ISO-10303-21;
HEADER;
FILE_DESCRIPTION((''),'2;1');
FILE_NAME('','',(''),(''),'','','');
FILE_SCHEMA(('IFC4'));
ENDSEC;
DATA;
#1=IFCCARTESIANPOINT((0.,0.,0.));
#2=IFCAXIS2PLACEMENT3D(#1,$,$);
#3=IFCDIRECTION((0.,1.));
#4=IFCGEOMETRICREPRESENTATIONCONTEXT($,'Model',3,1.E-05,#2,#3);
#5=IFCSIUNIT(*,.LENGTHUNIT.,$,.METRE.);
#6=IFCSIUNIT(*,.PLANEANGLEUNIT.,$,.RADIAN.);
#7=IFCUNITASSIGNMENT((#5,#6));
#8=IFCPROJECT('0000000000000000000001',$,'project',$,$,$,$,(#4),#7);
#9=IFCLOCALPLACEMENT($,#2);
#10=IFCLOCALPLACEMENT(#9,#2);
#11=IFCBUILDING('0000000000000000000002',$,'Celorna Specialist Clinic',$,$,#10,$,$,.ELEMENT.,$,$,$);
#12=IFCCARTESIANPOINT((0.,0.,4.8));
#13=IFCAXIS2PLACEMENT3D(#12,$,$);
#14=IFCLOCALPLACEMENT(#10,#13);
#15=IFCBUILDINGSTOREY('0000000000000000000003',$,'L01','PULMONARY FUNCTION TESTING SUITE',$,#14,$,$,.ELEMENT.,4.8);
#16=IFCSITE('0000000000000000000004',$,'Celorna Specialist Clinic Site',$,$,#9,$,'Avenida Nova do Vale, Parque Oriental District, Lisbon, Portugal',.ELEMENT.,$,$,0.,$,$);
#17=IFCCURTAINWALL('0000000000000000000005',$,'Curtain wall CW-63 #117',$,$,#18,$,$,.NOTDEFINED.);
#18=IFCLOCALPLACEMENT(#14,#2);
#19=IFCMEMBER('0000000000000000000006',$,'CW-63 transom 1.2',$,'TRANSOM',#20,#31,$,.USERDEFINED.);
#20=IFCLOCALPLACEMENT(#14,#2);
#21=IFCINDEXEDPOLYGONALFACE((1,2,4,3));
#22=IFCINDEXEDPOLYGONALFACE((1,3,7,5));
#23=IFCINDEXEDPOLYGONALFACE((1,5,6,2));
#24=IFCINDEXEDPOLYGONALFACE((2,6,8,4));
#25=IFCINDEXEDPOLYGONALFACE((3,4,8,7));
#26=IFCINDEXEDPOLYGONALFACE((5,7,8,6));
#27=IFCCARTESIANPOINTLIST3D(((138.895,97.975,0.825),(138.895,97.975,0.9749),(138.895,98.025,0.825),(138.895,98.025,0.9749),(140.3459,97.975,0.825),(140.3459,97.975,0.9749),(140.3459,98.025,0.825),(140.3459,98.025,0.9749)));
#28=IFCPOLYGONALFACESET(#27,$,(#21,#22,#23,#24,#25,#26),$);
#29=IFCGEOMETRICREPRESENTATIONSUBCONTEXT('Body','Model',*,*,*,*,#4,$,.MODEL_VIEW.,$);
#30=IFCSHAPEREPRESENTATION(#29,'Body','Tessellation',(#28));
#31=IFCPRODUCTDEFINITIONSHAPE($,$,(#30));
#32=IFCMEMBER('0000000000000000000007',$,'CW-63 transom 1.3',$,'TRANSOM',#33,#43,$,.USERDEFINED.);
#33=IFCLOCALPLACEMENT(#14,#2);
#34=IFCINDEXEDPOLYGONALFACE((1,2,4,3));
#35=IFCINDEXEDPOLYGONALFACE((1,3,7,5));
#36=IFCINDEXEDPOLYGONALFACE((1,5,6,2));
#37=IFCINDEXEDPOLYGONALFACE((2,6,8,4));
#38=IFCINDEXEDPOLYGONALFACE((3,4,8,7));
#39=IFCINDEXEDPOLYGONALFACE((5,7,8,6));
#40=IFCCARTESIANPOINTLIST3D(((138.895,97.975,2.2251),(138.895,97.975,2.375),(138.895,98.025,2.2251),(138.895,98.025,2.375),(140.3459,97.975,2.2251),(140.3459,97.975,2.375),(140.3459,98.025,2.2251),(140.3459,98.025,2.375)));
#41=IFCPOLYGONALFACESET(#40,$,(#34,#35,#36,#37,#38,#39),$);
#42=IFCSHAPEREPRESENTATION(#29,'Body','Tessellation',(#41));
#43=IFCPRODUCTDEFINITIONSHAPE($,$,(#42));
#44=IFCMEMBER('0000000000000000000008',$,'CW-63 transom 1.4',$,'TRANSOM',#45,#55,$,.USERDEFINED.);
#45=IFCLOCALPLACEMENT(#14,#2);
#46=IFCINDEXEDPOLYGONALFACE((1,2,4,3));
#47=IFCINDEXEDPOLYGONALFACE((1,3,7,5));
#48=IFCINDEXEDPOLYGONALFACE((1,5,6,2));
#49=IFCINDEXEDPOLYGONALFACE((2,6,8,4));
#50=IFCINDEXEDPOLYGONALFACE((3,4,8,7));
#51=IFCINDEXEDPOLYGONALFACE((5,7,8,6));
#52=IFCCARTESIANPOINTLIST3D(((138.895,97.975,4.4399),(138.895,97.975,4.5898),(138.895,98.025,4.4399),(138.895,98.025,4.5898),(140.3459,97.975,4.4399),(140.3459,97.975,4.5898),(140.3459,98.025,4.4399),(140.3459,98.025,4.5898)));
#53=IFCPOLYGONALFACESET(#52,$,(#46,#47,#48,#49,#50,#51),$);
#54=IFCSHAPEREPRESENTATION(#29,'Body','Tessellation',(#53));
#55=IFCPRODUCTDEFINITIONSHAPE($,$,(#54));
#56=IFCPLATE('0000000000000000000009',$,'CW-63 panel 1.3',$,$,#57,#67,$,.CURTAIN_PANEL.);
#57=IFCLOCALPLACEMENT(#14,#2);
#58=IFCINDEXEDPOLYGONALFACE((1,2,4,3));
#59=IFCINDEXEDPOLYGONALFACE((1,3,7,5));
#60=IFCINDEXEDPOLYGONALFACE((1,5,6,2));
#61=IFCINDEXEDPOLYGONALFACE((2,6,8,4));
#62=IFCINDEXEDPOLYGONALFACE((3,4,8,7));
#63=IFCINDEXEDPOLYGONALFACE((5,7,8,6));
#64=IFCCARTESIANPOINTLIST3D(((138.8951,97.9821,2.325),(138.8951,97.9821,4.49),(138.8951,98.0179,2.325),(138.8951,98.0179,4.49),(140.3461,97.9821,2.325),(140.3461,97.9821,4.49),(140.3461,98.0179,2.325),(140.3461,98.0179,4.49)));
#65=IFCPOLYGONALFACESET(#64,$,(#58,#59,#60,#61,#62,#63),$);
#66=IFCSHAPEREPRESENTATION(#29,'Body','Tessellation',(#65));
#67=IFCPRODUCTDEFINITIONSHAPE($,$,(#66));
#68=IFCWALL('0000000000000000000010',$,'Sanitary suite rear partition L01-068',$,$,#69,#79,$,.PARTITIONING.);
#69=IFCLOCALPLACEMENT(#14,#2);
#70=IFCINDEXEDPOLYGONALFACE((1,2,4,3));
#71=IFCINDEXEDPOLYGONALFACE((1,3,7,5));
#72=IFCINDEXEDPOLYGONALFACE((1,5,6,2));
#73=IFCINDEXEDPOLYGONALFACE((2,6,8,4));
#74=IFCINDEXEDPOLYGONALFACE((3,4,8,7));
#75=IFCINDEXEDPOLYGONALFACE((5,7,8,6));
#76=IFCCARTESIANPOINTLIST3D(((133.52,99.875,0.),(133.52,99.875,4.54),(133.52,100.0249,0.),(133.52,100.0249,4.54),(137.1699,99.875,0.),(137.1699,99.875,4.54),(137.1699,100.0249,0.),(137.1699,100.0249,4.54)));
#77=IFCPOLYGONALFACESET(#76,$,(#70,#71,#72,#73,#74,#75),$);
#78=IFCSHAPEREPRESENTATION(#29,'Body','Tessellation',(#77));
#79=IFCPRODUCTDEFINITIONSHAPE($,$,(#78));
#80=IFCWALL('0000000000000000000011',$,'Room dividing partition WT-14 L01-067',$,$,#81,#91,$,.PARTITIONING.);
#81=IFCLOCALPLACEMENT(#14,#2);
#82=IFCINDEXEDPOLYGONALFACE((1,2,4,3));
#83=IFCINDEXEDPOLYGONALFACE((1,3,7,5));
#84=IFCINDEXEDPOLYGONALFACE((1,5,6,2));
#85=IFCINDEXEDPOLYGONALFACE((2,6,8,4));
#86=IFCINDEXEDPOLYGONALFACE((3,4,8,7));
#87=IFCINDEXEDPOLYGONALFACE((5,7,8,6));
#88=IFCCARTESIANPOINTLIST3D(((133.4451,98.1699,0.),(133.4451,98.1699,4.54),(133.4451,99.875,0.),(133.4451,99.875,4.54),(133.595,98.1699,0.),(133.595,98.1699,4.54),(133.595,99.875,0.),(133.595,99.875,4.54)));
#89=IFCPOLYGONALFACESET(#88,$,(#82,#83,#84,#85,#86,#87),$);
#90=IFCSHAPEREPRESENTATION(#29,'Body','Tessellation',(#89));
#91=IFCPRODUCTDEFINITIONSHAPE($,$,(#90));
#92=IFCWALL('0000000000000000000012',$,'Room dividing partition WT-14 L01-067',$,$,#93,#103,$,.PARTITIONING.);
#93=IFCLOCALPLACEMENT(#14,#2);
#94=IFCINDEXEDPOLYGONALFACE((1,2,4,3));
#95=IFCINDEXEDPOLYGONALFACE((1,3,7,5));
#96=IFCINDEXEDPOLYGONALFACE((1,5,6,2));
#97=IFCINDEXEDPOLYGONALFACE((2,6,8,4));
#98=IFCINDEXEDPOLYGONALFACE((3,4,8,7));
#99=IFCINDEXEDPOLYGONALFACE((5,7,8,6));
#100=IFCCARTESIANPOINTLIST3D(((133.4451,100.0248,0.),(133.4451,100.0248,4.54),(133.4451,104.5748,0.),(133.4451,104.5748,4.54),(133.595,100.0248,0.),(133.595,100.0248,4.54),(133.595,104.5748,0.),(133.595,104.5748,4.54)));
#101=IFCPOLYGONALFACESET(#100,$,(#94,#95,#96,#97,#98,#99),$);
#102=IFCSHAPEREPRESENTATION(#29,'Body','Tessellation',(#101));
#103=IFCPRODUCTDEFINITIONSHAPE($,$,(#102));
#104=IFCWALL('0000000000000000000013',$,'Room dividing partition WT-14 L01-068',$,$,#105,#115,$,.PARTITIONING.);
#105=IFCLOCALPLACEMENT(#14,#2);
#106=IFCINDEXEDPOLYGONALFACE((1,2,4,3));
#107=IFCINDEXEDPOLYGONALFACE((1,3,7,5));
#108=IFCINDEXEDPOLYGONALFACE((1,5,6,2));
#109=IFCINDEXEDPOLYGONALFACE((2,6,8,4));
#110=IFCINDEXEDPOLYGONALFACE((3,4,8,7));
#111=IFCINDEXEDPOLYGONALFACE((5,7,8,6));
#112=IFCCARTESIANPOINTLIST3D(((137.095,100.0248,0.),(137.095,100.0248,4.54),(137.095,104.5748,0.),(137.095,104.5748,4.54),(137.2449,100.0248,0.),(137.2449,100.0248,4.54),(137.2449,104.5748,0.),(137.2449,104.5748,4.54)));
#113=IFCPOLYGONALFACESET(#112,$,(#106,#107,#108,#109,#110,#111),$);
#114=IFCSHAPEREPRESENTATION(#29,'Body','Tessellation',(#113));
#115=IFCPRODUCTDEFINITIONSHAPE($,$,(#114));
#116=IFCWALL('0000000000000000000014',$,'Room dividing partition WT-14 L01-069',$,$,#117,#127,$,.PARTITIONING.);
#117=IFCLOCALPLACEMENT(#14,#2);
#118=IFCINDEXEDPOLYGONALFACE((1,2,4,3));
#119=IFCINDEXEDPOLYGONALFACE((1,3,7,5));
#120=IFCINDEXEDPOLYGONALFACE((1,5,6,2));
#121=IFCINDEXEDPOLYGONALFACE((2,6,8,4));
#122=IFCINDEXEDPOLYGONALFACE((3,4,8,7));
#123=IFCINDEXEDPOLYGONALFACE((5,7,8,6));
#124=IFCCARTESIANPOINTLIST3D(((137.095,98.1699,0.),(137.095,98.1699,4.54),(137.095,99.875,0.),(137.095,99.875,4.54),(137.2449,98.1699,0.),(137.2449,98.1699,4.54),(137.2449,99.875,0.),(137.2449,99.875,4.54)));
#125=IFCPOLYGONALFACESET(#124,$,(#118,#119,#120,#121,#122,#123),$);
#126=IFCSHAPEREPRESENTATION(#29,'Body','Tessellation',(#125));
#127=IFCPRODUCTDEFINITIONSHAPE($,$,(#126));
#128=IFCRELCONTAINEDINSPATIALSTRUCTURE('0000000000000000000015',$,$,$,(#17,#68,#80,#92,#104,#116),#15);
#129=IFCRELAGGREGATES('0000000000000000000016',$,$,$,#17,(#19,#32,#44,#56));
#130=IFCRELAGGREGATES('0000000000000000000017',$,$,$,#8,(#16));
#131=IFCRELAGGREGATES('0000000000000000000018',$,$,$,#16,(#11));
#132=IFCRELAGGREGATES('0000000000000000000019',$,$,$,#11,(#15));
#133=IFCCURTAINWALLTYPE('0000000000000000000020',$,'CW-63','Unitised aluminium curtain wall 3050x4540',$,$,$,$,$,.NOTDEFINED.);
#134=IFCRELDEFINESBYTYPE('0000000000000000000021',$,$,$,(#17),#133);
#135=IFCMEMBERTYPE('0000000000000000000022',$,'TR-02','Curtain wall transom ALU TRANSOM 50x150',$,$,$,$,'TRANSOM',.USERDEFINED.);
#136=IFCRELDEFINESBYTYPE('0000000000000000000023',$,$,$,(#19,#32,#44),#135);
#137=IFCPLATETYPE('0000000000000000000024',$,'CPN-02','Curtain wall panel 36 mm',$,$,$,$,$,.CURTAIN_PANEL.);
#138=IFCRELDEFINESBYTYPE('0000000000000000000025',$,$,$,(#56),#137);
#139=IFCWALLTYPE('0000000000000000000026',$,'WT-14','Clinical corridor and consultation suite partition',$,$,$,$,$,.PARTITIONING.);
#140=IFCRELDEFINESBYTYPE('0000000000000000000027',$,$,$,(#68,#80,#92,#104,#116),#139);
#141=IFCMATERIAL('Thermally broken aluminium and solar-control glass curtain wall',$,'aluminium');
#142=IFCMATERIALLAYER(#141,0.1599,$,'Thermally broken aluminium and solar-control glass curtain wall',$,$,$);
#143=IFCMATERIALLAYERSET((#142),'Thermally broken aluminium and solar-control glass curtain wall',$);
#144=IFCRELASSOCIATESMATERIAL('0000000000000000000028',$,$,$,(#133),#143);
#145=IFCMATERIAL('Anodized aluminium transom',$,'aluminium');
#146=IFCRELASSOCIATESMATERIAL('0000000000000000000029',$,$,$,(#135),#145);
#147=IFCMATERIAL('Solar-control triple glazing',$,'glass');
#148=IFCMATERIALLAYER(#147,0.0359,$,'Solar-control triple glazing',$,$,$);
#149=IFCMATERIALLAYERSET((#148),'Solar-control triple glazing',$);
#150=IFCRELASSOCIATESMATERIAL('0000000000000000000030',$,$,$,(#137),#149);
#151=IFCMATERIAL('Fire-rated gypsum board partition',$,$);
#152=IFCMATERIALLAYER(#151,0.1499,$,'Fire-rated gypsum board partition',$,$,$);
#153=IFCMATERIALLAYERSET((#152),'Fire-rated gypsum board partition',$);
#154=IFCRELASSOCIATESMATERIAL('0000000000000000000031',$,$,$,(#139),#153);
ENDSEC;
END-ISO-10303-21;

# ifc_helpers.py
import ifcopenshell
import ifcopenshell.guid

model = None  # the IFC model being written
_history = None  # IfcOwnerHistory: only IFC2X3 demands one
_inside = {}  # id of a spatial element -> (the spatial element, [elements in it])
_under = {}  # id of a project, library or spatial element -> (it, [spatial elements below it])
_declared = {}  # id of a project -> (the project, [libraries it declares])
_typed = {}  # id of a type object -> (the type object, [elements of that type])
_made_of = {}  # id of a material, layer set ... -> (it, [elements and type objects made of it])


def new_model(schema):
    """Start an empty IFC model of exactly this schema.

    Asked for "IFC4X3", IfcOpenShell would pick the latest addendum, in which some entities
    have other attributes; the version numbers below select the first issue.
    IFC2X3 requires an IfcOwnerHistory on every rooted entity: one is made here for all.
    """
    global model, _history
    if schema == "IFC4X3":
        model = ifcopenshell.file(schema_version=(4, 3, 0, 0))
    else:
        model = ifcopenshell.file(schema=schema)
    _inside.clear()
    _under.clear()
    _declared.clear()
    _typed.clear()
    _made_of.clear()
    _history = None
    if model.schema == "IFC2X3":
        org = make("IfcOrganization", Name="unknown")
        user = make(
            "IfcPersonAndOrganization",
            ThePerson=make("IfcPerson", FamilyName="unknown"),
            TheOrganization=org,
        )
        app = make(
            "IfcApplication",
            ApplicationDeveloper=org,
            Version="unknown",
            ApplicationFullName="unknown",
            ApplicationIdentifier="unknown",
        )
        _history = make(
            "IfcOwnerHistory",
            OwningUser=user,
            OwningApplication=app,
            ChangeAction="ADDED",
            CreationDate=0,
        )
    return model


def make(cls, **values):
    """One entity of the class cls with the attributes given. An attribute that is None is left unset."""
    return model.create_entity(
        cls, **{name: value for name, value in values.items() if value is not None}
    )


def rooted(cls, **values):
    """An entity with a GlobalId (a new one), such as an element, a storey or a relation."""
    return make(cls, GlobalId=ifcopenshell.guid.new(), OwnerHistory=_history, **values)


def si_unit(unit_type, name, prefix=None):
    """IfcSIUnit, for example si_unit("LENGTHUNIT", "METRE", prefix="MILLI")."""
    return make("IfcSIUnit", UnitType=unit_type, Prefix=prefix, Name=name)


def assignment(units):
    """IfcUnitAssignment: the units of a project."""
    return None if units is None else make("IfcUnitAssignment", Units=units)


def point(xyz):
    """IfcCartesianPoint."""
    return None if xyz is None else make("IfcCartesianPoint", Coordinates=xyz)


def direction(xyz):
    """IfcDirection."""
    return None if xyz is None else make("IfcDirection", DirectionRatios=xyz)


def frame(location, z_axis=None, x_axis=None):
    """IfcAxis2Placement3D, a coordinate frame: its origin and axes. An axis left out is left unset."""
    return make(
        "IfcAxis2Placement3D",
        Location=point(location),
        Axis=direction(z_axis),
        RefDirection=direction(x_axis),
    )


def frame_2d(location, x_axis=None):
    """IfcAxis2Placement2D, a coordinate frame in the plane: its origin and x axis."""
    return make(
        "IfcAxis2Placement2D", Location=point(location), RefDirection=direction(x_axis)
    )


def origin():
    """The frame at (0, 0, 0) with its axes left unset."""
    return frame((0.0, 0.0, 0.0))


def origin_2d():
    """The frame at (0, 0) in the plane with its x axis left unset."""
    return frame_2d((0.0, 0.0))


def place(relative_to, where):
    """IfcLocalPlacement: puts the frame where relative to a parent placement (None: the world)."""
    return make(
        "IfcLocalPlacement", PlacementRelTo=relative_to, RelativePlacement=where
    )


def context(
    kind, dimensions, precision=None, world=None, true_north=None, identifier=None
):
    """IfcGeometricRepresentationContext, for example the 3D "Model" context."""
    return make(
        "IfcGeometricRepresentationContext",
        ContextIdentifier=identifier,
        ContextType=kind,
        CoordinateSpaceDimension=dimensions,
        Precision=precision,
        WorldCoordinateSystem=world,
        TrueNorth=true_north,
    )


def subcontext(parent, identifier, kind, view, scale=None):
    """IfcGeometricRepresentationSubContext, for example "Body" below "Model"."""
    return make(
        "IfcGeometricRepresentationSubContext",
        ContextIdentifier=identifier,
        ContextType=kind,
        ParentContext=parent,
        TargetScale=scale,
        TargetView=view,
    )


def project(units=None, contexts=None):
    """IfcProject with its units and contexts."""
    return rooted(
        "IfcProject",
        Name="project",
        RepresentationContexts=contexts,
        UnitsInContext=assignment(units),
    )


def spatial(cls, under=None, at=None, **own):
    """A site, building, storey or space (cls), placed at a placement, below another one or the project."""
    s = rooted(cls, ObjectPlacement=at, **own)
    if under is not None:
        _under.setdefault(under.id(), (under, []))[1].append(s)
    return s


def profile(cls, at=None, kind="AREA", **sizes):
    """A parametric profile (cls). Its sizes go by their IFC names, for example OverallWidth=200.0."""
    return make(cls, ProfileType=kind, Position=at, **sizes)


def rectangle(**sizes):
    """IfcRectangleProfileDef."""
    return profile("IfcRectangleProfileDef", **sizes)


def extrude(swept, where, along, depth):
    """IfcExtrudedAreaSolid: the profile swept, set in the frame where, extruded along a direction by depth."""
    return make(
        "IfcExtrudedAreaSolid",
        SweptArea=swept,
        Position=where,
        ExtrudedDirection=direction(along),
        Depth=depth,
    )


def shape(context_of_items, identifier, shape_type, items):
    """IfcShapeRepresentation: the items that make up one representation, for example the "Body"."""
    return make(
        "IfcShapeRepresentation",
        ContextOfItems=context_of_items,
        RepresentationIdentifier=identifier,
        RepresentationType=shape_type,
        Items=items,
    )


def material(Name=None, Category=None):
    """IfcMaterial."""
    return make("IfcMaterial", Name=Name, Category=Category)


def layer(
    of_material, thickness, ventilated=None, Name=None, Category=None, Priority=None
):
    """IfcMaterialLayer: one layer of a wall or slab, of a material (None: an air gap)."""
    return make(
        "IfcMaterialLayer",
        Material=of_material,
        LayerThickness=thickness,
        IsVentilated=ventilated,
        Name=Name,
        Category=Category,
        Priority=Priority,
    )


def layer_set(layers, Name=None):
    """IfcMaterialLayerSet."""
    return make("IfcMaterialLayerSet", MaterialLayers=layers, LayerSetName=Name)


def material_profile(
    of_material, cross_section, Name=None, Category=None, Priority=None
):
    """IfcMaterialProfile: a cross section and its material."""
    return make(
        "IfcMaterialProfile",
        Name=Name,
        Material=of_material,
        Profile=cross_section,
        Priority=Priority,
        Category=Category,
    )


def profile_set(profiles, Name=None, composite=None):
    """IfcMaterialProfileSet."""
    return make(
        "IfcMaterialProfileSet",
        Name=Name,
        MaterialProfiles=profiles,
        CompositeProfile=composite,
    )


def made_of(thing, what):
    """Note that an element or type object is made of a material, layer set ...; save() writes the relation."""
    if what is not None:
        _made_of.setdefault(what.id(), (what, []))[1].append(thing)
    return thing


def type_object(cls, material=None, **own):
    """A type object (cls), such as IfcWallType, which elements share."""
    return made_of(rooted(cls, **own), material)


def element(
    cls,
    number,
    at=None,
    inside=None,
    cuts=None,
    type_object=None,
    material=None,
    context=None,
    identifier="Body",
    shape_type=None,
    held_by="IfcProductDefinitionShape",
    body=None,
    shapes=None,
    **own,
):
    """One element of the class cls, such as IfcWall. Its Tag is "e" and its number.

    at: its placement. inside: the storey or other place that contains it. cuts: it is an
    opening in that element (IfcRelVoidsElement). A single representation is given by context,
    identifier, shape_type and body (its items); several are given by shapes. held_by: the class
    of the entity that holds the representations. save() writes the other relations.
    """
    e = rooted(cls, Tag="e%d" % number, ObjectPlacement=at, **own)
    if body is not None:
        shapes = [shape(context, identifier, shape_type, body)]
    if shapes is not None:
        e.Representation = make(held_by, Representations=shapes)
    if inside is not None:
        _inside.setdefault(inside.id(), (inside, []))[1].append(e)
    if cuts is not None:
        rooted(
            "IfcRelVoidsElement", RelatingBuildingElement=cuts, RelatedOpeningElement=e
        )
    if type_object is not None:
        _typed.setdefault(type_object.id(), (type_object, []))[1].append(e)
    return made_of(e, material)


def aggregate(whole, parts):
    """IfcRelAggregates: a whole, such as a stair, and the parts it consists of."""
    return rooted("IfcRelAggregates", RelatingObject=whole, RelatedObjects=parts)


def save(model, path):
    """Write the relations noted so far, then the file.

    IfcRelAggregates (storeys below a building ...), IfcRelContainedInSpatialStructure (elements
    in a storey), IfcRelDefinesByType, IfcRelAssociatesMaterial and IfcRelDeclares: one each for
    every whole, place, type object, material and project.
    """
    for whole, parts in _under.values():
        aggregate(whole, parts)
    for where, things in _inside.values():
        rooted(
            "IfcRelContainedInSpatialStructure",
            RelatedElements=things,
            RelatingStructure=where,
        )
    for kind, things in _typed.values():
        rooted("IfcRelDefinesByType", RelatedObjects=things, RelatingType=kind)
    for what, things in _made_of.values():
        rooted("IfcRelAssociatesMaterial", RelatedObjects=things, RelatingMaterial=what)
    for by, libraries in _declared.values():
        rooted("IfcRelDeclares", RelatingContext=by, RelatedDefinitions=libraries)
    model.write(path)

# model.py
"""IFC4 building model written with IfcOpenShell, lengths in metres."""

from ifc_helpers import new_model, si_unit, direction, frame, frame_2d, origin, origin_2d, place, context, subcontext, project, spatial, rectangle, extrude, material, layer, layer_set, material_profile, profile_set, type_object, element, aggregate, save


model = new_model("IFC4")

# Units and contexts
model_context = context("Model", 3, precision=1e-05, world=origin(), true_north=direction((0.0, 1.0)))
body_context = subcontext(model_context, "Body", "Model", "MODEL_VIEW")
ifc_project = project(units=[si_unit("LENGTHUNIT", "METRE"), si_unit("PLANEANGLEUNIT", "RADIAN")], contexts=[model_context])

# Site, building, storey
site_placement = place(None, origin())
site = spatial("IfcSite", under=ifc_project, at=site_placement, Name="Celorna Specialist Clinic Site", LongName="Avenida Nova do Vale, Parque Oriental District, Lisbon, Portugal", CompositionType="ELEMENT", RefElevation=0.0)
building_placement = place(site_placement, origin())
building = spatial("IfcBuilding", under=site, at=building_placement, Name="Celorna Specialist Clinic", CompositionType="ELEMENT")
storey_placement = place(building_placement, frame((0.0, 0.0, 4.8)))
storey = spatial("IfcBuildingStorey", under=building, at=storey_placement, Name="L01", Description="PULMONARY FUNCTION TESTING SUITE", CompositionType="ELEMENT", Elevation=4.8)

# Curtain wall, members, plate
ifc_material_1 = material(Name="Thermally broken aluminium and solar-control glass curtain wall", Category="aluminium")
ifc_layer_1 = layer(ifc_material_1, 0.1599, Name="Thermally broken aluminium and solar-control glass curtain wall")
ifc_layer_set_1 = layer_set([ifc_layer_1], Name="Thermally broken aluminium and solar-control glass curtain wall")
curtain_wall_type = type_object("IfcCurtainWallType", Name="CW-63", Description="Unitised aluminium curtain wall 3050x4540", PredefinedType="NOTDEFINED", material=ifc_layer_set_1)
curtain_wall_placement = place(storey_placement, origin())
curtain_wall = element("IfcCurtainWall", 1, at=curtain_wall_placement, inside=storey, type_object=curtain_wall_type, Name="Curtain wall CW-63 #117", PredefinedType="NOTDEFINED")
ifc_material_2 = material(Name="Anodized aluminium transom", Category="aluminium")
ifc_material_profile_1 = material_profile(ifc_material_2, rectangle(XDim=0.05, YDim=0.1499, at=origin_2d()), Name="ALU TRANSOM 50x150")
ifc_profile_set_1 = profile_set([ifc_material_profile_1], Name="Anodized aluminium transom")
member_type_1 = type_object("IfcMemberType", Name="TR-02", Description="Curtain wall transom ALU TRANSOM 50x150", ElementType="TRANSOM", PredefinedType="USERDEFINED", material=ifc_profile_set_1)
member_1_placement = place(storey_placement, frame((140.3459, 98.0, 0.8999), z_axis=(-1.0, 0.0, 0.0), x_axis=(0.0, -1.0, 0.0)))
member_1 = element("IfcMember", 2, at=member_1_placement, type_object=member_type_1, Name="CW-63 transom 1.2", ObjectType="TRANSOM", PredefinedType="USERDEFINED", context=body_context, shape_type="SweptSolid", body=[
    extrude(rectangle(XDim=0.05, YDim=0.1499, at=origin_2d()), origin(), (0.0, 0.0, 1.0), 1.4509),
])
member_2_placement = place(storey_placement, frame((140.3459, 98.0, 2.3), z_axis=(-1.0, 0.0, 0.0), x_axis=(0.0, -1.0, 0.0)))
member_2 = element("IfcMember", 3, at=member_2_placement, type_object=member_type_1, Name="CW-63 transom 1.3", ObjectType="TRANSOM", PredefinedType="USERDEFINED", context=body_context, shape_type="SweptSolid", body=[
    extrude(rectangle(XDim=0.05, YDim=0.1499, at=origin_2d()), origin(), (0.0, 0.0, 1.0), 1.4509),
])
member_3_placement = place(storey_placement, frame((140.3459, 98.0, 4.5149), z_axis=(-1.0, 0.0, 0.0), x_axis=(0.0, -1.0, 0.0)))
member_3 = element("IfcMember", 4, at=member_3_placement, type_object=member_type_1, Name="CW-63 transom 1.4", ObjectType="TRANSOM", PredefinedType="USERDEFINED", context=body_context, shape_type="SweptSolid", body=[
    extrude(rectangle(XDim=0.05, YDim=0.1499, at=origin_2d()), origin(), (0.0, 0.0, 1.0), 1.4509),
])
ifc_material_3 = material(Name="Solar-control triple glazing", Category="glass")
ifc_layer_2 = layer(ifc_material_3, 0.0359, Name="Solar-control triple glazing")
ifc_layer_set_2 = layer_set([ifc_layer_2], Name="Solar-control triple glazing")
plate_type = type_object("IfcPlateType", Name="CPN-02", Description="Curtain wall panel 36 mm", PredefinedType="CURTAIN_PANEL", material=ifc_layer_set_2)
plate_placement = place(storey_placement, frame((139.6206, 98.0, 2.325), z_axis=(0.0, 0.0, 1.0), x_axis=(-1.0, 0.0, 0.0)))
plate = element("IfcPlate", 5, at=plate_placement, type_object=plate_type, Name="CW-63 panel 1.3", PredefinedType="CURTAIN_PANEL", context=body_context, shape_type="SweptSolid", body=[
    extrude(rectangle(XDim=1.4509, YDim=0.0359, at=origin_2d()), origin(), (0.0, 0.0, 1.0), 2.165),
])
aggregate(curtain_wall, [member_1, member_2, member_3, plate])

# Walls
ifc_material_4 = material(Name="Fire-rated gypsum board partition")
ifc_layer_3 = layer(ifc_material_4, 0.1499, Name="Fire-rated gypsum board partition")
ifc_layer_set_3 = layer_set([ifc_layer_3], Name="Fire-rated gypsum board partition")
wall_type = type_object("IfcWallType", Name="WT-14", Description="Clinical corridor and consultation suite partition", PredefinedType="PARTITIONING", material=ifc_layer_set_3)
wall_1_placement = place(storey_placement, frame((133.52, 99.95, 0.0), z_axis=(0.0, 0.0, 1.0), x_axis=(1.0, 0.0, 0.0)))
element("IfcWall", 6, at=wall_1_placement, inside=storey, type_object=wall_type, Name="Sanitary suite rear partition L01-068", PredefinedType="PARTITIONING", context=body_context, shape_type="SweptSolid", body=[
    extrude(rectangle(XDim=3.6499, YDim=0.1499, at=frame_2d((1.825, 0.0))), origin(), (0.0, 0.0, 1.0), 4.54),
])
wall_2_placement = place(storey_placement, frame((133.52, 98.1699, 0.0), z_axis=(0.0, 0.0, 1.0), x_axis=(0.0, 1.0, 0.0)))
element("IfcWall", 7, at=wall_2_placement, inside=storey, type_object=wall_type, Name="Room dividing partition WT-14 L01-067", PredefinedType="PARTITIONING", context=body_context, shape_type="SweptSolid", body=[
    extrude(rectangle(XDim=1.7051, YDim=0.1499, at=frame_2d((0.8525, 0.0))), origin(), (0.0, 0.0, 1.0), 4.54),
])
for number, where, z_axis, x_axis, name in (
    (8, (133.52, 100.0249, 0.0), (0.0, 0.0, 1.0), (0.0, 1.0, 0.0), "Room dividing partition WT-14 L01-067"),
    (9, (137.1699, 100.0249, 0.0), (0.0, 0.0, 1.0), (0.0, 1.0, 0.0), "Room dividing partition WT-14 L01-068"),
):
    element("IfcWall", number, at=place(storey_placement, frame(where, z_axis=z_axis, x_axis=x_axis)), inside=storey, type_object=wall_type, Name=name, PredefinedType="PARTITIONING", context=body_context, shape_type="SweptSolid", body=[
        extrude(rectangle(XDim=4.55, YDim=0.1499, at=frame_2d((2.2749, 0.0))), origin(), (0.0, 0.0, 1.0), 4.54),
    ])
wall_3_placement = place(storey_placement, frame((137.1699, 98.1699, 0.0), z_axis=(0.0, 0.0, 1.0), x_axis=(0.0, 1.0, 0.0)))
element("IfcWall", 10, at=wall_3_placement, inside=storey, type_object=wall_type, Name="Room dividing partition WT-14 L01-069", PredefinedType="PARTITIONING", context=body_context, shape_type="SweptSolid", body=[
    extrude(rectangle(XDim=1.7051, YDim=0.1499, at=frame_2d((0.8525, 0.0))), origin(), (0.0, 0.0, 1.0), 4.54),
])

save(model, "model.ifc")
